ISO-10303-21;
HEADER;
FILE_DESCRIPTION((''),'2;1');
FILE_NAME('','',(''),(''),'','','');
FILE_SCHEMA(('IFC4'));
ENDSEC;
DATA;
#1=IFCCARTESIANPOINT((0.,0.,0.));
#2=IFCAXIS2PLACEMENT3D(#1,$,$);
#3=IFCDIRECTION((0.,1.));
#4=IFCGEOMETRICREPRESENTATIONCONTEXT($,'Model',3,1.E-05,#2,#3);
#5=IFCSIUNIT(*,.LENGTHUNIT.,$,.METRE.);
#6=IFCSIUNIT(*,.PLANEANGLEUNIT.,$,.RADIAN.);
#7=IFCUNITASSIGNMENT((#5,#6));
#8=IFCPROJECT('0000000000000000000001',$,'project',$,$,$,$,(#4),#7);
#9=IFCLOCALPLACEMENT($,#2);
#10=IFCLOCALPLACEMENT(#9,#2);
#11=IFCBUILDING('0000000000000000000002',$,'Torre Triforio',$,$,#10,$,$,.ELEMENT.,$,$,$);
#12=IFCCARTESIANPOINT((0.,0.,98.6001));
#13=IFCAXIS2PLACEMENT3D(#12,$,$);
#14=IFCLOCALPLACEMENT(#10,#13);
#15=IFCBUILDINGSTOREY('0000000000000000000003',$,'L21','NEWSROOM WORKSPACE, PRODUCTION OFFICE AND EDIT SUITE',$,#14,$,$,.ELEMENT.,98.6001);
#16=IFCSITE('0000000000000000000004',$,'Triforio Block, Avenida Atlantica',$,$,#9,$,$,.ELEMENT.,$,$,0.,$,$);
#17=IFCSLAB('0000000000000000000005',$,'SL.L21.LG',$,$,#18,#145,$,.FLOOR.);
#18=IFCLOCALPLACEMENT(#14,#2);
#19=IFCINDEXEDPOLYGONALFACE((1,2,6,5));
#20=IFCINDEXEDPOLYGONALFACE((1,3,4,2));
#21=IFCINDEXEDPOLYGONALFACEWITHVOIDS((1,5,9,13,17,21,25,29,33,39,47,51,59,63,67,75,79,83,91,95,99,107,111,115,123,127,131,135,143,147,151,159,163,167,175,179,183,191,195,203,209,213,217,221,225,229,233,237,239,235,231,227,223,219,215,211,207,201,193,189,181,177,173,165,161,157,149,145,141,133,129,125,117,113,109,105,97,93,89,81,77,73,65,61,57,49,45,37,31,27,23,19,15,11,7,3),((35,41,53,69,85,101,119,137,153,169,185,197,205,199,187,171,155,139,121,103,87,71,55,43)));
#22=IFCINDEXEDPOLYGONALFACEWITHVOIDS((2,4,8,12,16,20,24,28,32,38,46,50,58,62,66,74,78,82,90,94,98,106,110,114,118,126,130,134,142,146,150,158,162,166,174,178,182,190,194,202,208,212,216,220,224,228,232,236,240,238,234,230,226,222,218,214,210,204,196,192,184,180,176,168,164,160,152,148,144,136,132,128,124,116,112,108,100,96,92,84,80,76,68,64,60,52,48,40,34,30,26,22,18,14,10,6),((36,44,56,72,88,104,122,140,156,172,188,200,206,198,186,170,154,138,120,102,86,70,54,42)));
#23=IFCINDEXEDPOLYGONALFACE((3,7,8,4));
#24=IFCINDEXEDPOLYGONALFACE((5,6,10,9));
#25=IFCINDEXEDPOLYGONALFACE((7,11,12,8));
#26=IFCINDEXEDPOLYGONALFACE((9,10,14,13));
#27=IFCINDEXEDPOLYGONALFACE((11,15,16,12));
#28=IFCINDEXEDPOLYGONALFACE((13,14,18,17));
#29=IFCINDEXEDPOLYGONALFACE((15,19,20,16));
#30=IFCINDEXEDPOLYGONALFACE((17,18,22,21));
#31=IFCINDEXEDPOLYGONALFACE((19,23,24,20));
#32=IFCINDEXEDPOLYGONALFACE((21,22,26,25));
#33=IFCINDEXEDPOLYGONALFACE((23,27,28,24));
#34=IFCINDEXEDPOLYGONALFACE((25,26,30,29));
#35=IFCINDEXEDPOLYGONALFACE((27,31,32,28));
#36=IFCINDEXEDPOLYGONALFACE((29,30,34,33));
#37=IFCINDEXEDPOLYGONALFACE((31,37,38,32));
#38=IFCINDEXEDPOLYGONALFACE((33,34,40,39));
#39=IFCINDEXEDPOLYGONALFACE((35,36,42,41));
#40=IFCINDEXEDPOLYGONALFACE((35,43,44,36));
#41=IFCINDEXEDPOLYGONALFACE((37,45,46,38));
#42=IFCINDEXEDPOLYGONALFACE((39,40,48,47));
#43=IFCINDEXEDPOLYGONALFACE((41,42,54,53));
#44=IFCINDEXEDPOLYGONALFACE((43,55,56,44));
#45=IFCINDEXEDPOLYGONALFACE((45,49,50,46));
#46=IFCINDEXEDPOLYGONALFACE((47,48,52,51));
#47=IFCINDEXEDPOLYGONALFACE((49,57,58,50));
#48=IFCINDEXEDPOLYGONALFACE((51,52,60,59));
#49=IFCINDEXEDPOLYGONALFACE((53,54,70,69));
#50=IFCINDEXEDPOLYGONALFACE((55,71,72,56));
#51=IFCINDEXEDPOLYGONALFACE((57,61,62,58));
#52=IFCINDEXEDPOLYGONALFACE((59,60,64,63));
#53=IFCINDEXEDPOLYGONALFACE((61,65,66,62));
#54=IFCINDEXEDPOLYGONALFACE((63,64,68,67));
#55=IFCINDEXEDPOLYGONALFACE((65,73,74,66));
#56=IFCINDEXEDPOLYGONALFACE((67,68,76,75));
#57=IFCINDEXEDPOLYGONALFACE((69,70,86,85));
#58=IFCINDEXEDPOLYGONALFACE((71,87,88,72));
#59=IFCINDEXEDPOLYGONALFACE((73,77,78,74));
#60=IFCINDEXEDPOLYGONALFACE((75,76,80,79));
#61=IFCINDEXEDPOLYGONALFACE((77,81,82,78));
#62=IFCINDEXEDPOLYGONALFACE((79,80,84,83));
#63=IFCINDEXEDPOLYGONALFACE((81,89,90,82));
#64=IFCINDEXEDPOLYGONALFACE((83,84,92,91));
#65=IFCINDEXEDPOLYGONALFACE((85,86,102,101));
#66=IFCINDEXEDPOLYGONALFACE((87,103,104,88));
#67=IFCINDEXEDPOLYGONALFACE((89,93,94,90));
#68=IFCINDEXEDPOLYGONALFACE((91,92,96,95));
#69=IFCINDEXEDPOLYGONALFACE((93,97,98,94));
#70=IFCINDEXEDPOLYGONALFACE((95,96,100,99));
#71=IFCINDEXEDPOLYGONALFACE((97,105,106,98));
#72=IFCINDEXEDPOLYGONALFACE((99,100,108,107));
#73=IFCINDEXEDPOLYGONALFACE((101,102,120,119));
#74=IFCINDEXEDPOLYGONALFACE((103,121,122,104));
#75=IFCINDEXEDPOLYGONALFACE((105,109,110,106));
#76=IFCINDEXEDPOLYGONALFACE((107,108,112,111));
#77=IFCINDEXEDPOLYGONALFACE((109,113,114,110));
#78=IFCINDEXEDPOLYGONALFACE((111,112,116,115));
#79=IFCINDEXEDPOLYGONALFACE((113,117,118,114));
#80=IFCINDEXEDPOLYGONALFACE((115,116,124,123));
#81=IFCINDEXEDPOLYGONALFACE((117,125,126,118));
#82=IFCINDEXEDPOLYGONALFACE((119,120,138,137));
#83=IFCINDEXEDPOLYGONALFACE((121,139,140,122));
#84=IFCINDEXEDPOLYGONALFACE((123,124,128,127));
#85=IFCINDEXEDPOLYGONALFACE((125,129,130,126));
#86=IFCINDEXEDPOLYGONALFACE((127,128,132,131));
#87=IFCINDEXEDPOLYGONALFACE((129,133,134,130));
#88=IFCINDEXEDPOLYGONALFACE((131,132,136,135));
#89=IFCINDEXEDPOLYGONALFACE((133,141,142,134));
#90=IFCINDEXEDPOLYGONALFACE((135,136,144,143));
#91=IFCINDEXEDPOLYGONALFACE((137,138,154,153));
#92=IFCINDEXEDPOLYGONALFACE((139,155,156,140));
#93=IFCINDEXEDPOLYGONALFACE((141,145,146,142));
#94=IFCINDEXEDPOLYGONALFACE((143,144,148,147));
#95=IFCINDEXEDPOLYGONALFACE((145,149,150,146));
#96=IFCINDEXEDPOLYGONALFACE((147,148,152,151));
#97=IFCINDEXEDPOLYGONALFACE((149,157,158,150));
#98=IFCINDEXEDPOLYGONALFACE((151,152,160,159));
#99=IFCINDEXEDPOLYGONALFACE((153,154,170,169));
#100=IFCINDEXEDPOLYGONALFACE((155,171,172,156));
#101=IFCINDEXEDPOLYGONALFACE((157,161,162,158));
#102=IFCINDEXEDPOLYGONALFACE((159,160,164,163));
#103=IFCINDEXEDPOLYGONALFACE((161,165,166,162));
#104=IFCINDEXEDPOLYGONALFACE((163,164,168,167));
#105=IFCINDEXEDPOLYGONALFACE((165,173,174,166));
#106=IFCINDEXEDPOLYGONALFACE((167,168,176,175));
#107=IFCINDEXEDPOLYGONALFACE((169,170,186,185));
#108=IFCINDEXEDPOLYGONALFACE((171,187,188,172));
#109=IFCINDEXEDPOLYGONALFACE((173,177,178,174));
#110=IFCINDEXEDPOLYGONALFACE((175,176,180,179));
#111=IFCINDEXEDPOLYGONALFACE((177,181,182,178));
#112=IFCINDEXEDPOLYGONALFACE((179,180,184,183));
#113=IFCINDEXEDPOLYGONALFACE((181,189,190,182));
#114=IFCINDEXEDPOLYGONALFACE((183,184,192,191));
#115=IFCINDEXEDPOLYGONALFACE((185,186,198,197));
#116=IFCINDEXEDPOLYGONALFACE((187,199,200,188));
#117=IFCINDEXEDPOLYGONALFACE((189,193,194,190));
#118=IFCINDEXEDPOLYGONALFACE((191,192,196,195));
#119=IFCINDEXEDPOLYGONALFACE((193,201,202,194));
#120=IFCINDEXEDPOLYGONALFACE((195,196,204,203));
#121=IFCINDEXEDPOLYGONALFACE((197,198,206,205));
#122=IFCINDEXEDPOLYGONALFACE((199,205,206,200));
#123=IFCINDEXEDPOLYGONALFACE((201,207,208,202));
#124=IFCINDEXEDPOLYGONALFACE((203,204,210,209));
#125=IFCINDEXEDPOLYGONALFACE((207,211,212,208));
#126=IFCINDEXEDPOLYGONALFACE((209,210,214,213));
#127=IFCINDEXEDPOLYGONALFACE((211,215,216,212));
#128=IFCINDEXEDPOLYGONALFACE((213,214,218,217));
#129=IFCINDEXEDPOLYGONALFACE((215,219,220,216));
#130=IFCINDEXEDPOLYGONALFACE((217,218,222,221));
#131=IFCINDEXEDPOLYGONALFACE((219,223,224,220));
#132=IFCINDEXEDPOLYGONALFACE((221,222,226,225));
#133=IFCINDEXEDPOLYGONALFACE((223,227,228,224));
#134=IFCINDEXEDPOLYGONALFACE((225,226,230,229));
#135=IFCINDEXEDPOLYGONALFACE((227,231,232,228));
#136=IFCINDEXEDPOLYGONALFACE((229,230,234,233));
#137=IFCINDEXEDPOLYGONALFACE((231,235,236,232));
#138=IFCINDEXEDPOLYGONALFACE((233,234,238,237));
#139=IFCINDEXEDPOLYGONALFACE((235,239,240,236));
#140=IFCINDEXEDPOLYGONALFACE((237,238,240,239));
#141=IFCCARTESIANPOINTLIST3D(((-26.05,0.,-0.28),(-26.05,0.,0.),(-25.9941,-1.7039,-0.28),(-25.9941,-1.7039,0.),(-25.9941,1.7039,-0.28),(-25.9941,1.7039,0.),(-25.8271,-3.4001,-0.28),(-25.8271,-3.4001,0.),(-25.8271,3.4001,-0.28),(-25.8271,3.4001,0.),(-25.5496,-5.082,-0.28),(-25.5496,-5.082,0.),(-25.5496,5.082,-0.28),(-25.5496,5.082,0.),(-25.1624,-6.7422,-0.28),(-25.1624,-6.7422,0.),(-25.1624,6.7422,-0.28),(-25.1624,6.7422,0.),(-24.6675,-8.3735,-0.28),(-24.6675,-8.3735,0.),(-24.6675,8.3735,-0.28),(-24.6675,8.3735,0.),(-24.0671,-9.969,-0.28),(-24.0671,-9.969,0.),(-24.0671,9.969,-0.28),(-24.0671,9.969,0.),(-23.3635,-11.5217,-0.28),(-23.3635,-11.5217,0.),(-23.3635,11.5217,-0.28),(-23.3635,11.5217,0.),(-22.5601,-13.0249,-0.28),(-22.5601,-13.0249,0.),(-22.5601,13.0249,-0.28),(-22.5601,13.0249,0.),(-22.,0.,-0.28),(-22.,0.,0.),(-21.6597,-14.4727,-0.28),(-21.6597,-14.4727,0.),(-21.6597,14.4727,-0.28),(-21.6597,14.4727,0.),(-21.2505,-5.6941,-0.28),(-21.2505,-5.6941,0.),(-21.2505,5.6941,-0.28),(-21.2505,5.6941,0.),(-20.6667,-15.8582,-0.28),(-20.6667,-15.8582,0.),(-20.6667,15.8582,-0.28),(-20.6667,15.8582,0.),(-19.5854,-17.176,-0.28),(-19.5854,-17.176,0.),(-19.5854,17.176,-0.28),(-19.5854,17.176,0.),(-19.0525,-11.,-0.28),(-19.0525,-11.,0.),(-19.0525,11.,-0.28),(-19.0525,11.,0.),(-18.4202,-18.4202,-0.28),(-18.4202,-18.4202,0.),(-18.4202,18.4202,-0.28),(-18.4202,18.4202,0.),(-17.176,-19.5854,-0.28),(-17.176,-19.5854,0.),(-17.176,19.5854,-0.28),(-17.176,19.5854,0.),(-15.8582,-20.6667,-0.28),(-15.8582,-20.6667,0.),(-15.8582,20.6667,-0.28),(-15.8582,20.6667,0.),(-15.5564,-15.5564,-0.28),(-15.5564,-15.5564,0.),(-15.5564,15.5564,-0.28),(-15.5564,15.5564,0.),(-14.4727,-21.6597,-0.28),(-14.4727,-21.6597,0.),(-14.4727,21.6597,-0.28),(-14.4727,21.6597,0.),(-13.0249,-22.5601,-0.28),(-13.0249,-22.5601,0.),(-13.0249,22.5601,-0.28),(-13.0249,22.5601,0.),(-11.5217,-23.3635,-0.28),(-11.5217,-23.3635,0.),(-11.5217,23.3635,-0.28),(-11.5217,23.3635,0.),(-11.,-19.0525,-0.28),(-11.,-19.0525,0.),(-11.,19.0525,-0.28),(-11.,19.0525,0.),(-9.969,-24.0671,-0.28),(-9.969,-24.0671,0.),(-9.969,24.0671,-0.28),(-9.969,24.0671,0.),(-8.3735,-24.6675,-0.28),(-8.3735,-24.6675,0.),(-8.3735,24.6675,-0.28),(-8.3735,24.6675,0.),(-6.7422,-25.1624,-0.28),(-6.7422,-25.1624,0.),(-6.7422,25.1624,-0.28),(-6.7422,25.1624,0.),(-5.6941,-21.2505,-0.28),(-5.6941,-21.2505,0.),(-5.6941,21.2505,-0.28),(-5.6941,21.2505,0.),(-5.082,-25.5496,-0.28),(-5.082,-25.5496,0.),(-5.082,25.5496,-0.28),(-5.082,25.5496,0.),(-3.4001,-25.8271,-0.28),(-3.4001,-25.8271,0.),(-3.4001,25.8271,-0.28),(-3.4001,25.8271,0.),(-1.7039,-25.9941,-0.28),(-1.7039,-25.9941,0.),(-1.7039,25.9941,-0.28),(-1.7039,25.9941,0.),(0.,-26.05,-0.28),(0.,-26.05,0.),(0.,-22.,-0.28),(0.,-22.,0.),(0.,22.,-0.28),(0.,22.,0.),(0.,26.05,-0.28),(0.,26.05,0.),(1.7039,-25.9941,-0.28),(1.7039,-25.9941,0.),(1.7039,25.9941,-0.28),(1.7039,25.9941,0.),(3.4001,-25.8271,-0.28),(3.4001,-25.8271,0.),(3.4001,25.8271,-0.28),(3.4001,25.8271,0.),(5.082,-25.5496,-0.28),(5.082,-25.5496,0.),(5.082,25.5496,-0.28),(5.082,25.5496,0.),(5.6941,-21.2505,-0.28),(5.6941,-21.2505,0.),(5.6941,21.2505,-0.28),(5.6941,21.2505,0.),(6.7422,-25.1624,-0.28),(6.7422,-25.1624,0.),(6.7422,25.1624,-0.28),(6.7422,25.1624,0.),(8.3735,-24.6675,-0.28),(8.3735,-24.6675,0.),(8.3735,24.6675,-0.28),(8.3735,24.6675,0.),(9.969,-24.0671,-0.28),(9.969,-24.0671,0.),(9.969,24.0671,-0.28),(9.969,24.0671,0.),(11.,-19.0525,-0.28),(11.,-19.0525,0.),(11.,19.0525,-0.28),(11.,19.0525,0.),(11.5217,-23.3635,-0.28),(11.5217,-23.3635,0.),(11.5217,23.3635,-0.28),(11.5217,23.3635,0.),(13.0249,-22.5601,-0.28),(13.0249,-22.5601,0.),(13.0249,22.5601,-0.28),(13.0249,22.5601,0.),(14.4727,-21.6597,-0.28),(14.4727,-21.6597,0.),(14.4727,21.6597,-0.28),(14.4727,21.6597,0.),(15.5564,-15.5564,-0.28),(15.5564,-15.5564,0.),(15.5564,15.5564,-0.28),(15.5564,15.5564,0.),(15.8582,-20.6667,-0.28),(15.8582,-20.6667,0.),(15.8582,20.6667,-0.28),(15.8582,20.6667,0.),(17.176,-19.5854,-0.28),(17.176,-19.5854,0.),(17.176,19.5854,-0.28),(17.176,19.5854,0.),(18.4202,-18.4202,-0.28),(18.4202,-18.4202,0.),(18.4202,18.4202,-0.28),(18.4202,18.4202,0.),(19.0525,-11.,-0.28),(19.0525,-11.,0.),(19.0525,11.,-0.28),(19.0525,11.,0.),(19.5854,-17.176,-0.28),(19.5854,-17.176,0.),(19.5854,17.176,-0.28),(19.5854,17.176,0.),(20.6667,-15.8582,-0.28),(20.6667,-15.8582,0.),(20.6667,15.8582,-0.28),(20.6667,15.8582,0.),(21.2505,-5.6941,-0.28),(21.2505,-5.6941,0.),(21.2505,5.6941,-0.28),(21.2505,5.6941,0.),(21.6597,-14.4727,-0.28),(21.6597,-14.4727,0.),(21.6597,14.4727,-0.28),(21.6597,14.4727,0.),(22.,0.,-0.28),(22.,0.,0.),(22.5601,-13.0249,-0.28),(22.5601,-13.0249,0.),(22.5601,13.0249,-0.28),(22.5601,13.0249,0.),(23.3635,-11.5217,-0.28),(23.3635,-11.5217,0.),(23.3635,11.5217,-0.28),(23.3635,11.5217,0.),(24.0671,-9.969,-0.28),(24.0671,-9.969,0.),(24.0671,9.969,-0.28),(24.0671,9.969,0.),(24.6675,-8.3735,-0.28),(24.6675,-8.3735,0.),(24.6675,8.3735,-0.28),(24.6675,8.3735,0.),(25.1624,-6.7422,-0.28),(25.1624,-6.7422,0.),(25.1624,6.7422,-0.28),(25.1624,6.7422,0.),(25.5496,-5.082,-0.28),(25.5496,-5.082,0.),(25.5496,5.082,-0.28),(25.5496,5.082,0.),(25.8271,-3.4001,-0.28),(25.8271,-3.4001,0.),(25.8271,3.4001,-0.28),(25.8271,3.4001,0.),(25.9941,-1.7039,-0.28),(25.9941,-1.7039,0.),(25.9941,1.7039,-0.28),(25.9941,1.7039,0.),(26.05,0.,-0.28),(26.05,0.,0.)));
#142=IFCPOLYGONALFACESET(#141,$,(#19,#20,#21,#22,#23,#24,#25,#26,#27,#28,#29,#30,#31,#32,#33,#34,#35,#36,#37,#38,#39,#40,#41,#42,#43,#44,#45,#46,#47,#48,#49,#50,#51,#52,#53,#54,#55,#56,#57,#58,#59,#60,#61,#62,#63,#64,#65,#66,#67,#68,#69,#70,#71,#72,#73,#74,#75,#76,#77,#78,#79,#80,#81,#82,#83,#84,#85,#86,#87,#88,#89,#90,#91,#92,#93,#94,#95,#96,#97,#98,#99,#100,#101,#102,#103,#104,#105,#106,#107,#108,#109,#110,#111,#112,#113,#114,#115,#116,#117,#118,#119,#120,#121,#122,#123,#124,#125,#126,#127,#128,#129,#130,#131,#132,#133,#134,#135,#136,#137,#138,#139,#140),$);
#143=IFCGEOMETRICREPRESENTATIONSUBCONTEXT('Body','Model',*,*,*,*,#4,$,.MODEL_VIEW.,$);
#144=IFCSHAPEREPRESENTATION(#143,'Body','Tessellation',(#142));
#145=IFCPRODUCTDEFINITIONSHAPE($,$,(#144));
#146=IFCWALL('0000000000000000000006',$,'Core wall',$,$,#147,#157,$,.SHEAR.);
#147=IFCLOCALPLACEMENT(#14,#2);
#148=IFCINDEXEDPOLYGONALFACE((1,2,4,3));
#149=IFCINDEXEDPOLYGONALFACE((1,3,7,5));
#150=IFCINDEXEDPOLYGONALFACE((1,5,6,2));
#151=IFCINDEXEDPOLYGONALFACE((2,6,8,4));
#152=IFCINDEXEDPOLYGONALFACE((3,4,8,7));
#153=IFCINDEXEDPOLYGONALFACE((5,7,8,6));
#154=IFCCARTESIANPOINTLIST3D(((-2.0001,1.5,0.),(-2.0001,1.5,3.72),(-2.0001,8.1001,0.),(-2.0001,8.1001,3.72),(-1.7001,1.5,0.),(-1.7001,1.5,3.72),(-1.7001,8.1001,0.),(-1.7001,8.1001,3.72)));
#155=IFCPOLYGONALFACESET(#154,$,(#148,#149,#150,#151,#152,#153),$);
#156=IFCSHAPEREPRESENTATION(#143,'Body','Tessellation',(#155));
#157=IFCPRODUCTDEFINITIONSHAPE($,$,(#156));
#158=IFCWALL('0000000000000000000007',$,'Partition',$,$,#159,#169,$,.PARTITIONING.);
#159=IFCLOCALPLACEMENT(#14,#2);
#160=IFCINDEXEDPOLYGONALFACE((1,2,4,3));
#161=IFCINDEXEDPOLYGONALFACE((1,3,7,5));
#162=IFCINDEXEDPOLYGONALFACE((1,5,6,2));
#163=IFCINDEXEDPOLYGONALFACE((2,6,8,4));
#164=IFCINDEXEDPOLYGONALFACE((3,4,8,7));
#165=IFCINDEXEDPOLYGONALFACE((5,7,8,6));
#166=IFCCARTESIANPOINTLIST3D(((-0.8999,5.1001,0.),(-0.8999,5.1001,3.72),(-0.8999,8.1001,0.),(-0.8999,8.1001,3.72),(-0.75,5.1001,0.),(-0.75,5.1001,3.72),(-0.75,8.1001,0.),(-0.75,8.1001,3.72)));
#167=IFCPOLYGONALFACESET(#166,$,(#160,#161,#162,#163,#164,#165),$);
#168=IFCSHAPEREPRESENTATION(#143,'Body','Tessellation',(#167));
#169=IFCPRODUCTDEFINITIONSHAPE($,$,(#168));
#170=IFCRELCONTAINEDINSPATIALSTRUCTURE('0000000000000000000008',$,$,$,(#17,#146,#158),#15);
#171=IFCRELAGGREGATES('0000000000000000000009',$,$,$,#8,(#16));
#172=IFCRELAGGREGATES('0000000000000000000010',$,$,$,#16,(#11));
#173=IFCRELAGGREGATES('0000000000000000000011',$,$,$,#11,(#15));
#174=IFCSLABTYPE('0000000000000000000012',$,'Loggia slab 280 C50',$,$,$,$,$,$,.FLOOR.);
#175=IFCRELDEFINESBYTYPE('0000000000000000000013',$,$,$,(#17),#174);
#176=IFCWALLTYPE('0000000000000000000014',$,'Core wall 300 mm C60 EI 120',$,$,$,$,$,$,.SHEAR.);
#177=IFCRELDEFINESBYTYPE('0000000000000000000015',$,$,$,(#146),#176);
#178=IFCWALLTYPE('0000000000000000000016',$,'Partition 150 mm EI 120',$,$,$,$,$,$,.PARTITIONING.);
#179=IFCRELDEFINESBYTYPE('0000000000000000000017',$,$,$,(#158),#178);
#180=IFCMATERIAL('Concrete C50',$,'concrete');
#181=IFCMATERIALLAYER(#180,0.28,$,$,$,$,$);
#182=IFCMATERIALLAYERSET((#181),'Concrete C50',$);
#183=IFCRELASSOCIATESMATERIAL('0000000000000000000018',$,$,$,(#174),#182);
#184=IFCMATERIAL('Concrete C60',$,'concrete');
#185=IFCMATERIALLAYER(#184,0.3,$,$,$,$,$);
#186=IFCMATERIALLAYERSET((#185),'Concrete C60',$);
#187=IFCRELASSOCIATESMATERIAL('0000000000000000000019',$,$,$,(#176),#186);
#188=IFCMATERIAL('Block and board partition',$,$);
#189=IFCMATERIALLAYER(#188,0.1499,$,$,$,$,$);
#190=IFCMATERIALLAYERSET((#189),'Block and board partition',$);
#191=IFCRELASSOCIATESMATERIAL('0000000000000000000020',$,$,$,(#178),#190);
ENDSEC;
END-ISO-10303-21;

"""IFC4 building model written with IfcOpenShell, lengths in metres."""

from ifc_helpers import new_model, si_unit, direction, frame, frame_2d, origin, place, context, subcontext, project, spatial, polyline, rectangle, outline, extrude, material, layer, layer_set, type_object, element, save


model = new_model("IFC4")

# Units and contexts
model_context = context("Model", 3, precision=1e-05, world=origin(), true_north=direction((0.0, 1.0)))
body_context = subcontext(model_context, "Body", "Model", "MODEL_VIEW")
ifc_project = project(units=[si_unit("LENGTHUNIT", "METRE"), si_unit("PLANEANGLEUNIT", "RADIAN")], contexts=[model_context])

# Site, building, storey
site_placement = place(None, origin())
site = spatial("IfcSite", under=ifc_project, at=site_placement, Name="Triforio Block, Avenida Atlantica", CompositionType="ELEMENT", RefElevation=0.0)
building_placement = place(site_placement, origin())
building = spatial("IfcBuilding", under=site, at=building_placement, Name="Torre Triforio", CompositionType="ELEMENT")
storey_placement = place(building_placement, frame((0.0, 0.0, 98.6001)))
storey = spatial("IfcBuildingStorey", under=building, at=storey_placement, Name="L21", Description="NEWSROOM WORKSPACE, PRODUCTION OFFICE AND EDIT SUITE", CompositionType="ELEMENT", Elevation=98.6001)

# Slab
ifc_material_1 = material(Name="Concrete C50", Category="concrete")
ifc_layer_1 = layer(ifc_material_1, 0.28)
ifc_layer_set_1 = layer_set([ifc_layer_1], Name="Concrete C50")
slab_type_1 = type_object("IfcSlabType", Name="Loggia slab 280 C50", PredefinedType="FLOOR", material=ifc_layer_set_1)
slab_1_placement = place(storey_placement, frame((0.0, 0.0, -0.28)))
element("IfcSlab", 1, at=slab_1_placement, inside=storey, type_object=slab_type_1, Name="SL.L21.LG", PredefinedType="FLOOR", context=body_context, shape_type="SweptSolid", body=[
    extrude(outline(polyline([(25.9941, -1.7039), (26.05, 0.0), (25.9941, 1.7039), (25.8271, 3.4001), (25.5496, 5.082), (25.1624, 6.7422), (24.6675, 8.3735), (24.0671, 9.969), (23.3635, 11.5217), (22.5601, 13.0249), (21.6597, 14.4727), (20.6667, 15.8582), (19.5854, 17.176), (18.4202, 18.4202), (17.176, 19.5854), (15.8582, 20.6667), (14.4727, 21.6597), (13.0249, 22.5601), (11.5217, 23.3635), (9.969, 24.0671), (8.3735, 24.6675), (6.7422, 25.1624), (5.082, 25.5496), (3.4001, 25.8271), (1.7039, 25.9941), (0.0, 26.05), (-1.7039, 25.9941), (-3.4001, 25.8271), (-5.082, 25.5496), (-6.7422, 25.1624), (-8.3735, 24.6675), (-9.969, 24.0671), (-11.5217, 23.3635), (-13.0249, 22.5601), (-14.4727, 21.6597), (-15.8582, 20.6667), (-17.176, 19.5854), (-18.4202, 18.4202), (-19.5854, 17.176), (-20.6667, 15.8582), (-21.6597, 14.4727), (-22.5601, 13.0249), (-23.3635, 11.5217), (-24.0671, 9.969), (-24.6675, 8.3735), (-25.1624, 6.7422), (-25.5496, 5.082), (-25.8271, 3.4001), (-25.9941, 1.7039), (-26.05, 0.0), (-25.9941, -1.7039), (-25.8271, -3.4001), (-25.5496, -5.082), (-25.1624, -6.7422), (-24.6675, -8.3735), (-24.0671, -9.969), (-23.3635, -11.5217), (-22.5601, -13.0249), (-21.6597, -14.4727), (-20.6667, -15.8582), (-19.5854, -17.176), (-18.4202, -18.4202), (-17.176, -19.5854), (-15.8582, -20.6667), (-14.4727, -21.6597), (-13.0249, -22.5601), (-11.5217, -23.3635), (-9.969, -24.0671), (-8.3735, -24.6675), (-6.7422, -25.1624), (-5.082, -25.5496), (-3.4001, -25.8271), (-1.7039, -25.9941), (0.0, -26.05), (1.7039, -25.9941), (3.4001, -25.8271), (5.082, -25.5496), (6.7422, -25.1624), (8.3735, -24.6675), (9.969, -24.0671), (11.5217, -23.3635), (13.0249, -22.5601), (14.4727, -21.6597), (15.8582, -20.6667), (17.176, -19.5854), (18.4202, -18.4202), (19.5854, -17.176), (20.6667, -15.8582), (21.6597, -14.4727), (22.5601, -13.0249), (23.3635, -11.5217), (24.0671, -9.969), (24.6675, -8.3735), (25.1624, -6.7422), (25.5496, -5.082), (25.8271, -3.4001), (25.9941, -1.7039)]), holes=[polyline([(21.2505, 5.6941), (22.0, 0.0), (21.2505, -5.6941), (19.0525, -11.0), (15.5564, -15.5564), (11.0, -19.0525), (5.6941, -21.2505), (0.0, -22.0), (-5.6941, -21.2505), (-11.0, -19.0525), (-15.5564, -15.5564), (-19.0525, -11.0), (-21.2505, -5.6941), (-22.0, 0.0), (-21.2505, 5.6941), (-19.0525, 11.0), (-15.5564, 15.5564), (-11.0, 19.0525), (-5.6941, 21.2505), (0.0, 22.0), (5.6941, 21.2505), (11.0, 19.0525), (15.5564, 15.5564), (19.0525, 11.0), (21.2505, 5.6941)])]), origin(), (0.0, 0.0, 1.0), 0.28),
])

# Walls
ifc_material_2 = material(Name="Concrete C60", Category="concrete")
ifc_layer_2 = layer(ifc_material_2, 0.3)
ifc_layer_set_2 = layer_set([ifc_layer_2], Name="Concrete C60")
wall_type_1 = type_object("IfcWallType", Name="Core wall 300 mm C60 EI 120", PredefinedType="SHEAR", material=ifc_layer_set_2)
wall_1_placement = place(storey_placement, frame((-1.8501, 1.5, 0.0), z_axis=(0.0, 0.0, 1.0), x_axis=(0.0, 1.0, 0.0)))
element("IfcWall", 2, at=wall_1_placement, inside=storey, type_object=wall_type_1, Name="Core wall", PredefinedType="SHEAR", context=body_context, shape_type="SweptSolid", body=[
    extrude(rectangle(XDim=6.6001, YDim=0.3, at=frame_2d((3.3, 0.0))), origin(), (0.0, 0.0, 1.0), 3.72),
])
ifc_material_3 = material(Name="Block and board partition")
ifc_layer_3 = layer(ifc_material_3, 0.1499)
ifc_layer_set_3 = layer_set([ifc_layer_3], Name="Block and board partition")
wall_type_2 = type_object("IfcWallType", Name="Partition 150 mm EI 120", PredefinedType="PARTITIONING", material=ifc_layer_set_3)
wall_2_placement = place(storey_placement, frame((-0.825, 5.1001, 0.0), z_axis=(0.0, 0.0, 1.0), x_axis=(0.0, 1.0, 0.0)))
element("IfcWall", 3, at=wall_2_placement, inside=storey, type_object=wall_type_2, Name="Partition", PredefinedType="PARTITIONING", context=body_context, shape_type="SweptSolid", body=[
    extrude(rectangle(XDim=3.0, YDim=0.1499, at=frame_2d((1.5, 0.0))), origin(), (0.0, 0.0, 1.0), 3.72),
])

save(model, "model.ifc")
